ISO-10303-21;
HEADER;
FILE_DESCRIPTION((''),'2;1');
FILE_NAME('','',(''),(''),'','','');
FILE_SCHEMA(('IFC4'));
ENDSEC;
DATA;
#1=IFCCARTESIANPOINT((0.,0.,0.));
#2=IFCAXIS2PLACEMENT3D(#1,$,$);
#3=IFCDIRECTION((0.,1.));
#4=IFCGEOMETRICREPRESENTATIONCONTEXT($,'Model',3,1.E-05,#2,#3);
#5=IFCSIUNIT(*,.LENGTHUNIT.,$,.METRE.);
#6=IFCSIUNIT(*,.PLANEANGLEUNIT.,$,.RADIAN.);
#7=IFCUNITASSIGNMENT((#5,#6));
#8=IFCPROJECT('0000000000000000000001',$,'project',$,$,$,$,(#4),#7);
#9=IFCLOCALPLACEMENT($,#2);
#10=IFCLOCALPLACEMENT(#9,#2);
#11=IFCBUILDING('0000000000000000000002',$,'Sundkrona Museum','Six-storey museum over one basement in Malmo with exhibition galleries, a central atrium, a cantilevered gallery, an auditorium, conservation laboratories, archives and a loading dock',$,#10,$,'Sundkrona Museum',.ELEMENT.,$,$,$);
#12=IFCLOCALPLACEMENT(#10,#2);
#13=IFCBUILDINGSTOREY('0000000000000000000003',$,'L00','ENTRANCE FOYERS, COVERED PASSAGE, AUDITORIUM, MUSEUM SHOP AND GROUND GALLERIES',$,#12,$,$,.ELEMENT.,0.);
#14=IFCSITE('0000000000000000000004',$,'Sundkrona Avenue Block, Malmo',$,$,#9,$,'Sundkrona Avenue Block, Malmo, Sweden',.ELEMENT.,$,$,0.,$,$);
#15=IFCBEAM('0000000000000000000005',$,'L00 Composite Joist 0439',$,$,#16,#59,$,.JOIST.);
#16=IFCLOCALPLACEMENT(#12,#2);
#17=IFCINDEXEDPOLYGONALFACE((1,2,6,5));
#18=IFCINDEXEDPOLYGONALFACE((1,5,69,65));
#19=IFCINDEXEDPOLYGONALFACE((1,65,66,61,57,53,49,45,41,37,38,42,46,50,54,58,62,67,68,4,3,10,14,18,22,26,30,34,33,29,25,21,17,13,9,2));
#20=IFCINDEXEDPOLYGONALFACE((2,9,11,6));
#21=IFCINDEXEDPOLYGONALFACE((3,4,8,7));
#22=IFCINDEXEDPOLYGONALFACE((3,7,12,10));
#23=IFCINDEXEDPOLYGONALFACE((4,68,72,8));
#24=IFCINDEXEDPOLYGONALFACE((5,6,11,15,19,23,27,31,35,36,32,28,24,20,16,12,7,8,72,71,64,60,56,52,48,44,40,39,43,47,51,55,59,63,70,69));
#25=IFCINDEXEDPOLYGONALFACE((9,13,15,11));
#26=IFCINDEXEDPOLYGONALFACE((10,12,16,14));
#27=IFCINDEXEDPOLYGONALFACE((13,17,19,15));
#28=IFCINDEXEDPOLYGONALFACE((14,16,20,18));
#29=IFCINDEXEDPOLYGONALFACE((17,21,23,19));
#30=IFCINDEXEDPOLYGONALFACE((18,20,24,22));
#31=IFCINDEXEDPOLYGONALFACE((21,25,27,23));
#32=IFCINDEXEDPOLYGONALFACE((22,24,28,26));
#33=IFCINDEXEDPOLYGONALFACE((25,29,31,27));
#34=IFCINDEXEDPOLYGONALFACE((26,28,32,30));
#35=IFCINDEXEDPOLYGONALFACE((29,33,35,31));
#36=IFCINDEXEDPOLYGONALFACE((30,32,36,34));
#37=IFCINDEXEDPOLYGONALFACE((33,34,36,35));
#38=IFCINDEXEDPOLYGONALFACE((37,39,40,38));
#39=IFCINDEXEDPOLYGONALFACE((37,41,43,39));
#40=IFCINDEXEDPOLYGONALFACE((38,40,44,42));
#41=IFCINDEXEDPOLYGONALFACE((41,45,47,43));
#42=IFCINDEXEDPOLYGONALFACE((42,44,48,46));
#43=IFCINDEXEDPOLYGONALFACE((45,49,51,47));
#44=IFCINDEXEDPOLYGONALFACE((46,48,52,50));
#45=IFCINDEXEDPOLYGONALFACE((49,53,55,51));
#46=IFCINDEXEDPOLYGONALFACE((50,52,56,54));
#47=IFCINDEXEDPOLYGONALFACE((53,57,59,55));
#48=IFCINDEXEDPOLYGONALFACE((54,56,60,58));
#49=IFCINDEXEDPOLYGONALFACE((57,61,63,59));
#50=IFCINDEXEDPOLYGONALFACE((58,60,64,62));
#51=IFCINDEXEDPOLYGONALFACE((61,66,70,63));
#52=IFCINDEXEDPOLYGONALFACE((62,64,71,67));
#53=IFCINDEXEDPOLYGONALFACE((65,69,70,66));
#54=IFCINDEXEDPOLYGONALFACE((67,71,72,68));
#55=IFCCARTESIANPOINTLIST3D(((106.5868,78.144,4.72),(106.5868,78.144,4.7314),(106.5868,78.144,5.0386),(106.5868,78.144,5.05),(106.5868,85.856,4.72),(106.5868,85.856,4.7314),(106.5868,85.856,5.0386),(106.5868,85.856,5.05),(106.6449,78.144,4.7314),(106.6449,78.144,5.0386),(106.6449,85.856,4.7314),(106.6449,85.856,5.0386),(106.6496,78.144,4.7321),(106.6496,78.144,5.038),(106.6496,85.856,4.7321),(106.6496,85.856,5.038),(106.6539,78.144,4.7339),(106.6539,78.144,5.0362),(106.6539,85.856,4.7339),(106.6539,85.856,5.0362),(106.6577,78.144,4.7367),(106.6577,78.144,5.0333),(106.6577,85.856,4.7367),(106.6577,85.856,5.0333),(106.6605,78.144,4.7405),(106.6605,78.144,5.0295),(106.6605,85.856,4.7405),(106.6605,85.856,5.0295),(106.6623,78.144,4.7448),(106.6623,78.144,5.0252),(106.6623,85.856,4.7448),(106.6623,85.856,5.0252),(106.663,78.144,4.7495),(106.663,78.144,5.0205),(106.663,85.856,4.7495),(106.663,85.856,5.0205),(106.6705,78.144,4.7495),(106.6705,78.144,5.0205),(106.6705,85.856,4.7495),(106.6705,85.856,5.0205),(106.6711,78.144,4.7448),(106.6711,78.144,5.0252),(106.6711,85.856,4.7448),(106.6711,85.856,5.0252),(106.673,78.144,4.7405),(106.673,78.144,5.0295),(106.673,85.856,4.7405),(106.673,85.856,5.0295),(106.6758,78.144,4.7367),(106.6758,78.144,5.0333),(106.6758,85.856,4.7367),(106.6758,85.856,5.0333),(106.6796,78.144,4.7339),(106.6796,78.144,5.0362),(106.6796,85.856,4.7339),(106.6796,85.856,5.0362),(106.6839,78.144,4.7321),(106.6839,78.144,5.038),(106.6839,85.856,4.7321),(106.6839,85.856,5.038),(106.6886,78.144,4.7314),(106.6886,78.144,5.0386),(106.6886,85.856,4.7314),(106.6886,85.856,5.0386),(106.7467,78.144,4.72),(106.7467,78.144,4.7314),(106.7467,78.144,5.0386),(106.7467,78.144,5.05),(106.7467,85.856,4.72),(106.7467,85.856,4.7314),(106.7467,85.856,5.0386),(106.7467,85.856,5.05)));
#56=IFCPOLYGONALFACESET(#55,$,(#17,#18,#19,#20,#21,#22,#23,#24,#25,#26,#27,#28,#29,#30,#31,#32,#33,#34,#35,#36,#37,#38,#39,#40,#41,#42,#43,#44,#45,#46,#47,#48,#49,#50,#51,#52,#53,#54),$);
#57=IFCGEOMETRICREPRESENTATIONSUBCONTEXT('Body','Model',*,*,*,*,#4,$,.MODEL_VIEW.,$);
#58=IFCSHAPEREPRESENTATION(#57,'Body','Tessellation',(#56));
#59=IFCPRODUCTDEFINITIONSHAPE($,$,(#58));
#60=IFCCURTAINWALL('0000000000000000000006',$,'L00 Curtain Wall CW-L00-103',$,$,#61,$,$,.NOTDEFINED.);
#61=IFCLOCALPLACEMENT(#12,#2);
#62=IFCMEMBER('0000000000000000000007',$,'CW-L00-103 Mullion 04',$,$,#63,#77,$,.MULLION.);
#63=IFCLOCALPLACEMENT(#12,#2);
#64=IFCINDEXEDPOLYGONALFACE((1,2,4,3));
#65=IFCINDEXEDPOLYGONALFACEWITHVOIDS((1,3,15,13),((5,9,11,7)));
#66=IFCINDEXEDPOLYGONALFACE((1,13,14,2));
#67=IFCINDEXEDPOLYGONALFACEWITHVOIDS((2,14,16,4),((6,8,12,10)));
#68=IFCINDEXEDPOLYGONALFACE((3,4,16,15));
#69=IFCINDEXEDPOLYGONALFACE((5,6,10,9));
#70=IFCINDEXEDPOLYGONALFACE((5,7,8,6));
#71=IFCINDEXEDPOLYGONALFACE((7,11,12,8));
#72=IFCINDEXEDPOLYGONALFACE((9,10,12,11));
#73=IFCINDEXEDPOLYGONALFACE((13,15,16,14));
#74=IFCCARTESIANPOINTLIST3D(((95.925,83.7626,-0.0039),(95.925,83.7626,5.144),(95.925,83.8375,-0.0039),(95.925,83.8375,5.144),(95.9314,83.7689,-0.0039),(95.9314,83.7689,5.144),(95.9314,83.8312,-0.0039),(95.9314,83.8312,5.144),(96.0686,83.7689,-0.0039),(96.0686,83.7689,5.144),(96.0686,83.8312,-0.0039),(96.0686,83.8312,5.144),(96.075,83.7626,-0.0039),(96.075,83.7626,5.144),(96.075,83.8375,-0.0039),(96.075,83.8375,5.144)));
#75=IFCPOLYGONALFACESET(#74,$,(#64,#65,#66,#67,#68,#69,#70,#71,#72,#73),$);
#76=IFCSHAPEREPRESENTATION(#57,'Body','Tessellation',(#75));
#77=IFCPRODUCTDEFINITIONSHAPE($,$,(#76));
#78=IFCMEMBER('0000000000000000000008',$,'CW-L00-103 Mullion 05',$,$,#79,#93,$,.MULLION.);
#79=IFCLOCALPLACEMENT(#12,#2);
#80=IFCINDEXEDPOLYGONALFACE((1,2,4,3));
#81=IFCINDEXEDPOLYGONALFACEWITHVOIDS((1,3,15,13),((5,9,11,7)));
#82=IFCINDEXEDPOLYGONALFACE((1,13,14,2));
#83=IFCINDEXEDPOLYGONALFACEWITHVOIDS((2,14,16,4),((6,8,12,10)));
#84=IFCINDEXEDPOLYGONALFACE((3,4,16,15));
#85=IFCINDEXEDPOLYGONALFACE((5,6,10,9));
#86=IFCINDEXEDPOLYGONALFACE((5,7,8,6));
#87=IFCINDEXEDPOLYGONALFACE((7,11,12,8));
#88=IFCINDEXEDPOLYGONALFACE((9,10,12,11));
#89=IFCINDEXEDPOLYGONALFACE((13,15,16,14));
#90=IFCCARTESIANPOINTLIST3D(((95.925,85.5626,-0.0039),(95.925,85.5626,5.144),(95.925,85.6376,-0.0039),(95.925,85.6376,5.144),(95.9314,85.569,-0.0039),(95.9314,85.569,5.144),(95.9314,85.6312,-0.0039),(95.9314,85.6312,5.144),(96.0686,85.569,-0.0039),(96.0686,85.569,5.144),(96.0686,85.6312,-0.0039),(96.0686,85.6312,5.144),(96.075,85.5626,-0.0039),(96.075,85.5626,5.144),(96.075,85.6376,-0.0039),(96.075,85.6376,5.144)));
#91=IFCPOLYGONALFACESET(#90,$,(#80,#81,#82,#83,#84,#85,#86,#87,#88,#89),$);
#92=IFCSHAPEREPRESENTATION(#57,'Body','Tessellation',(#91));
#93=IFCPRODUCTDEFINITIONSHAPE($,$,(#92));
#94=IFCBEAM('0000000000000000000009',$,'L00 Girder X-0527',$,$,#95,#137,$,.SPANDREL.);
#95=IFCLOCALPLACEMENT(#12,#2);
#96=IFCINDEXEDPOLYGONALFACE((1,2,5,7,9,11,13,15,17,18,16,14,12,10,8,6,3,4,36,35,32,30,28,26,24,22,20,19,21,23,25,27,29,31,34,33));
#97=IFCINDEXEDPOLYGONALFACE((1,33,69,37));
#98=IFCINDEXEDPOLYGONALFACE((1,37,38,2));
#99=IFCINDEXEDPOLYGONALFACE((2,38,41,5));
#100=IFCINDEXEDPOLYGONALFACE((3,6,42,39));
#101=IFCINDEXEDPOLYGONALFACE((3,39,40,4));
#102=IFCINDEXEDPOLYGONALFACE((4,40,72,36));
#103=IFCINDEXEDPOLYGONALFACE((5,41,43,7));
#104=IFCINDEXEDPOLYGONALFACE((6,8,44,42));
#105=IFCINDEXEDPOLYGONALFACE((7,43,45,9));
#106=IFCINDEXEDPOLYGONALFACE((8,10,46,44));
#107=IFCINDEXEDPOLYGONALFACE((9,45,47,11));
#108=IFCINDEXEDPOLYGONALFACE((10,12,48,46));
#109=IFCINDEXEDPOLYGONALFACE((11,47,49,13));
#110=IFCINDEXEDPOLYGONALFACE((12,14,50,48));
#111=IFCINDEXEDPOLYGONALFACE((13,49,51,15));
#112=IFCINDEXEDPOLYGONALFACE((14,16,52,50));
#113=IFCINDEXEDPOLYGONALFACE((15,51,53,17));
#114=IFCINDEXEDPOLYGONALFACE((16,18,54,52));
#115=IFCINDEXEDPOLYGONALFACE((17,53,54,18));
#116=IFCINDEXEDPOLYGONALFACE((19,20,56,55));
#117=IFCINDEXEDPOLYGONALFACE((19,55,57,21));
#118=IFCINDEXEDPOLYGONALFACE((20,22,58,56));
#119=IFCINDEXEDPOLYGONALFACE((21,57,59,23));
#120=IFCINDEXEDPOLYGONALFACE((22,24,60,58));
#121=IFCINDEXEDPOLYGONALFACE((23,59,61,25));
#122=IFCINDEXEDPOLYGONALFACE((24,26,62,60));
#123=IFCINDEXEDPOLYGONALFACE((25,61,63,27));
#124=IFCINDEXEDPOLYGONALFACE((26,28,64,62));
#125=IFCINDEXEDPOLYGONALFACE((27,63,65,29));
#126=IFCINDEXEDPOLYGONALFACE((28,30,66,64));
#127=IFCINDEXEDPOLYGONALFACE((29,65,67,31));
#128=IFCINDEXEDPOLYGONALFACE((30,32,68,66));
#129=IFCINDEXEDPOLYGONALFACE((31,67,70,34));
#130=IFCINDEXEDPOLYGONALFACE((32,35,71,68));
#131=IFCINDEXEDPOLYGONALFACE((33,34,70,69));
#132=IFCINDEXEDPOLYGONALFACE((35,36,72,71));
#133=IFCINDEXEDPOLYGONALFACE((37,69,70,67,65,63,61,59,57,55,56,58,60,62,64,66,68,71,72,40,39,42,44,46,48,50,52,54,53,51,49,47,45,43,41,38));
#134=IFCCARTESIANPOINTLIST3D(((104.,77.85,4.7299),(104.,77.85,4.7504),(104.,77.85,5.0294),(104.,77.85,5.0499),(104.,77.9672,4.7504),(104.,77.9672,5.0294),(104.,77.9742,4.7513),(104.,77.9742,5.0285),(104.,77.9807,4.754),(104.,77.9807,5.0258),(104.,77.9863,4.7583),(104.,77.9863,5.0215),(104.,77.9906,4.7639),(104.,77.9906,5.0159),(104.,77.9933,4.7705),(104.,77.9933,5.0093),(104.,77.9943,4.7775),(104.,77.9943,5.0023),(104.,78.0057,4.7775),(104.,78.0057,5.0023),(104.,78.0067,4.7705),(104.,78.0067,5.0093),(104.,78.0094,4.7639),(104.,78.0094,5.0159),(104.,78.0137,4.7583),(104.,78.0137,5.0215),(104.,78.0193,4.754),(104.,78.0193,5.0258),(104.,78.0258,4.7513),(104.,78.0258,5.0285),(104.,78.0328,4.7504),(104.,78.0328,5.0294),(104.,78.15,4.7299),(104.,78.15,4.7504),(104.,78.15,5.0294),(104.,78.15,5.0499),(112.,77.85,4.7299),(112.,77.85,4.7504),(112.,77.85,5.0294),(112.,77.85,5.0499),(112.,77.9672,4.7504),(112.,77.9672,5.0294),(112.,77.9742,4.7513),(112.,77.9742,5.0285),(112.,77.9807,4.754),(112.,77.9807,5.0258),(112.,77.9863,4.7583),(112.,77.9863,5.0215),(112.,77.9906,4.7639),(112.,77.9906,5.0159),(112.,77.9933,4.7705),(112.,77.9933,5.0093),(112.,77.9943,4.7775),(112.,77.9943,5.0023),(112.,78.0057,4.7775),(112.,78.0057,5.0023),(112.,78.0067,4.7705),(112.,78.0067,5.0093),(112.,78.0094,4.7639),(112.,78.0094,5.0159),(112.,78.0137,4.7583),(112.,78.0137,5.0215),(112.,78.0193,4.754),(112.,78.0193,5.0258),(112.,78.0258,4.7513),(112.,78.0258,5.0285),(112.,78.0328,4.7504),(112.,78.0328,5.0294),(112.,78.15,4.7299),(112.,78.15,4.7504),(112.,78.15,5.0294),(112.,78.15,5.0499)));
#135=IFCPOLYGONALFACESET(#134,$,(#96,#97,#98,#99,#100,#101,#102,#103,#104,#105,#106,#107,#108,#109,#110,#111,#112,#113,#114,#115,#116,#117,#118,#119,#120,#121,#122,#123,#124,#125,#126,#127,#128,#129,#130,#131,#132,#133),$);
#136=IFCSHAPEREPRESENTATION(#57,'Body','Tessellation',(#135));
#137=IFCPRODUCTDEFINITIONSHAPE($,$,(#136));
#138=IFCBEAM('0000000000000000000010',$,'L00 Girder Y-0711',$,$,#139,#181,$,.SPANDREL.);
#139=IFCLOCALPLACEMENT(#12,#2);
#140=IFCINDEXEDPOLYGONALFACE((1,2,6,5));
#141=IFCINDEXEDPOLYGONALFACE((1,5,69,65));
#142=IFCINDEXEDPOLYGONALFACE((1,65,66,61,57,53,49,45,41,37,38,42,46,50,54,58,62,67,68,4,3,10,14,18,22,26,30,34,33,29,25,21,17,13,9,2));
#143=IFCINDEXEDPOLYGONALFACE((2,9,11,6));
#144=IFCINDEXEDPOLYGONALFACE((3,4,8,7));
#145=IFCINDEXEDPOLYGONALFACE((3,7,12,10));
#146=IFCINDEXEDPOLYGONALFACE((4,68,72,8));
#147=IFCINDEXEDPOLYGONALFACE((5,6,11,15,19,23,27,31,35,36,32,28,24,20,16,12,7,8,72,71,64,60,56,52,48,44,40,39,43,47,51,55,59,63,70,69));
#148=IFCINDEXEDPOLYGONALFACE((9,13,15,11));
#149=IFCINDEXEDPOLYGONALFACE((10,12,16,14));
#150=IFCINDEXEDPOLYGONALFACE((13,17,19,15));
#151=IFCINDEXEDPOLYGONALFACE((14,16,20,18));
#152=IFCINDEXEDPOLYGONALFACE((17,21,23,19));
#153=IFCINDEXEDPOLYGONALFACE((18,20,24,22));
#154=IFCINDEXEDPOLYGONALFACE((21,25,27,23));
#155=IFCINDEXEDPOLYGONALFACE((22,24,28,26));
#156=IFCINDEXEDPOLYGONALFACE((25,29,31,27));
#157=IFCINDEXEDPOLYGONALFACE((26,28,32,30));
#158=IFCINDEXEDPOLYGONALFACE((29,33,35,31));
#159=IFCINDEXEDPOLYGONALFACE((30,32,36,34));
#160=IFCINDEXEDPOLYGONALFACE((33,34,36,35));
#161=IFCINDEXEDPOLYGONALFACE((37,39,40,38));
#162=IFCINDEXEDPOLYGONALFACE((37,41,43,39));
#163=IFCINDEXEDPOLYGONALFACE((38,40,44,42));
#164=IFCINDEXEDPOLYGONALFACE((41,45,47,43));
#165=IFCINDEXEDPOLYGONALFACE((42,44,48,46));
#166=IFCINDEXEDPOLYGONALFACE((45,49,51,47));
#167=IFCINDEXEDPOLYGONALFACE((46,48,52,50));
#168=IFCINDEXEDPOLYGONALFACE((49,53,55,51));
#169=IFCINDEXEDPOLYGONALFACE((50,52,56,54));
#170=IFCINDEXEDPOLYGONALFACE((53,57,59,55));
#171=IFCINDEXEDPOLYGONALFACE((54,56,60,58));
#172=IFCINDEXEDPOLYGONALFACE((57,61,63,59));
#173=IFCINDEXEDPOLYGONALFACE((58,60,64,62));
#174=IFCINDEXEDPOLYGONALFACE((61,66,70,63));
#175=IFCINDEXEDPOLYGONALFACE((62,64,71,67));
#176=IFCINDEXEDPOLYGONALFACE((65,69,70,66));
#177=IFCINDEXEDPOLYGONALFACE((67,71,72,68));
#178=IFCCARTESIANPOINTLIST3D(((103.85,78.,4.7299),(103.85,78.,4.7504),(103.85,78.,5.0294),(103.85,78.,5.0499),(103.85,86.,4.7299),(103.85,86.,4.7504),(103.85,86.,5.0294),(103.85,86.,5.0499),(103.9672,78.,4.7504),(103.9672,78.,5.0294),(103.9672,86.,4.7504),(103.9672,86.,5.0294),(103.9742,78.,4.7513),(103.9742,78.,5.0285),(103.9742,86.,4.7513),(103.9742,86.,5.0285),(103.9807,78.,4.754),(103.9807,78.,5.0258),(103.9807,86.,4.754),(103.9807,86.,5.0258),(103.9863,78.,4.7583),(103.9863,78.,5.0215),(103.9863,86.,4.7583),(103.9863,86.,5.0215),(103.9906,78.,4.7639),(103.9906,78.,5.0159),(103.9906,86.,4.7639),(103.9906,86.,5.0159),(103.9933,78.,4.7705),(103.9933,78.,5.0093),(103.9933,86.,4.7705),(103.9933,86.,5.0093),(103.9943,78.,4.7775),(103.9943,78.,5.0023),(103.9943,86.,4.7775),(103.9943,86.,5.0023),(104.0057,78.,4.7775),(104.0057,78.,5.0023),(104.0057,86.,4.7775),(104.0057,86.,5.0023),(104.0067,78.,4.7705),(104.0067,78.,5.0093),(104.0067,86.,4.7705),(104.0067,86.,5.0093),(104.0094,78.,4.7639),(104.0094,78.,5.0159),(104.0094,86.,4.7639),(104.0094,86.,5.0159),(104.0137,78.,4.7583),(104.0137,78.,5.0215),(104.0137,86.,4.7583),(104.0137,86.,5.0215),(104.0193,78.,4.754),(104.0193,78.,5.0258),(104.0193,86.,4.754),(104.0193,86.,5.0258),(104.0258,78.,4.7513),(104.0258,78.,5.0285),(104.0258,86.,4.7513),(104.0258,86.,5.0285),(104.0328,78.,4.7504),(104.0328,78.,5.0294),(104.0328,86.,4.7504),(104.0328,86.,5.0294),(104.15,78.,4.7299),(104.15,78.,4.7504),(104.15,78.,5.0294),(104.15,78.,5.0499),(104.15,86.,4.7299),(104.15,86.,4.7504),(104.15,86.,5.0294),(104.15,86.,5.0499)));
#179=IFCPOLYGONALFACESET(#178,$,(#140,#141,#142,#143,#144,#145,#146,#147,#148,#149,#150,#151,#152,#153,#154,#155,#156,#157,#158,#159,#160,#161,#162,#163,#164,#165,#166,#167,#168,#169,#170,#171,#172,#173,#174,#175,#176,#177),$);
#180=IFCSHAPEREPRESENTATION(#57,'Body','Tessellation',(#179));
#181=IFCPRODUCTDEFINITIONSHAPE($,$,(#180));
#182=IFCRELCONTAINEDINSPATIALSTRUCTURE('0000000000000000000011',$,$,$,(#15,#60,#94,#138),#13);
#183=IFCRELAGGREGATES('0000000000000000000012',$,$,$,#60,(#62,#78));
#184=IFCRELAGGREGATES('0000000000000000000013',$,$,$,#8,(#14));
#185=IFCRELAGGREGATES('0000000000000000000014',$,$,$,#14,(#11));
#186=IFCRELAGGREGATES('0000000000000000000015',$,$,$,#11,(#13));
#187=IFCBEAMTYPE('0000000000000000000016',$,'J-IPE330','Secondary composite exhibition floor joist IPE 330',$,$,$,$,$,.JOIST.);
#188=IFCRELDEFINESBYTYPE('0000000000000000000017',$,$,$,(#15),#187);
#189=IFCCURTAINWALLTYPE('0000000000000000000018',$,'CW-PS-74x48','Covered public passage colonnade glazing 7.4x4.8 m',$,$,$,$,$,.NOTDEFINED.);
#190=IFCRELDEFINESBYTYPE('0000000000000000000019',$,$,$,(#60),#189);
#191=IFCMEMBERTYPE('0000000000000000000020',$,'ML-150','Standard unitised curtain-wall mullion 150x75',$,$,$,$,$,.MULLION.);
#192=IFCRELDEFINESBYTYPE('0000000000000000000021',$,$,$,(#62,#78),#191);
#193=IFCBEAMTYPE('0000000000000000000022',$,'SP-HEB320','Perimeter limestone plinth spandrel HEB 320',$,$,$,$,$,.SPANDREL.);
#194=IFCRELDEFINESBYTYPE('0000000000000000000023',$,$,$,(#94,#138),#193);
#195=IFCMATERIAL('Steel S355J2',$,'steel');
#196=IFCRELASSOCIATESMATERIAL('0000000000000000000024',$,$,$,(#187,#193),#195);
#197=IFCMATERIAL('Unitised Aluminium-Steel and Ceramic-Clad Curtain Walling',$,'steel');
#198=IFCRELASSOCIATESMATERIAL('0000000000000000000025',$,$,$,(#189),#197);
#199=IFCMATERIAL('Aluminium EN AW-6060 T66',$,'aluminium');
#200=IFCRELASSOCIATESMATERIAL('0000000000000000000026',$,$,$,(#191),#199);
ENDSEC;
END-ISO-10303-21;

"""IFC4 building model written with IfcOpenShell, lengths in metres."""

from ifc_helpers import new_model, si_unit, direction, frame, origin, origin_2d, place, context, subcontext, project, spatial, hollow_rectangle, i_section, extrude, material, material_profile, profile_set, type_object, element, aggregate, save


model = new_model("IFC4")

# Units and contexts
model_context = context("Model", 3, precision=1e-05, world=origin(), true_north=direction((0.0, 1.0)))
body_context = subcontext(model_context, "Body", "Model", "MODEL_VIEW")
ifc_project = project(units=[si_unit("LENGTHUNIT", "METRE"), si_unit("PLANEANGLEUNIT", "RADIAN")], contexts=[model_context])

# Site, building, storey
site_placement = place(None, origin())
site = spatial("IfcSite", under=ifc_project, at=site_placement, Name="Sundkrona Avenue Block, Malmo", LongName="Sundkrona Avenue Block, Malmo, Sweden", CompositionType="ELEMENT", RefElevation=0.0)
building_placement = place(site_placement, origin())
building = spatial("IfcBuilding", under=site, at=building_placement, Name="Sundkrona Museum", Description="Six-storey museum over one basement in Malmo with exhibition galleries, a central atrium, a cantilevered gallery, an auditorium, conservation laboratories, archives and a loading dock", LongName="Sundkrona Museum", CompositionType="ELEMENT")
storey_placement = place(building_placement, origin())
storey = spatial("IfcBuildingStorey", under=building, at=storey_placement, Name="L00", Description="ENTRANCE FOYERS, COVERED PASSAGE, AUDITORIUM, MUSEUM SHOP AND GROUND GALLERIES", CompositionType="ELEMENT", Elevation=0.0)

# Shared definitions
ifc_material_1 = material(Name="Steel S355J2", Category="steel")

# Beam
ifc_material_profile_1 = material_profile(ifc_material_1, i_section(OverallWidth=0.1599, OverallDepth=0.3301, WebThickness=0.0076, FlangeThickness=0.0115, FilletRadius=0.0181, at=origin_2d()), Name="IPE 330")
ifc_profile_set_1 = profile_set([ifc_material_profile_1], Name="Steel S355J2")
beam_type_1 = type_object("IfcBeamType", Name="J-IPE330", Description="Secondary composite exhibition floor joist IPE 330", PredefinedType="JOIST", material=ifc_profile_set_1)
beam_1_placement = place(storey_placement, frame((106.6667, 78.144, 4.885), z_axis=(0.0, 1.0, 0.0), x_axis=(-1.0, 0.0, 0.0)))
element("IfcBeam", 1, at=beam_1_placement, inside=storey, type_object=beam_type_1, Name="L00 Composite Joist 0439", PredefinedType="JOIST", context=body_context, shape_type="SweptSolid", body=[
    extrude(i_section(OverallWidth=0.1599, OverallDepth=0.3301, WebThickness=0.0076, FlangeThickness=0.0115, FilletRadius=0.0181, at=origin_2d()), origin(), (0.0, 0.0, 1.0), 7.7119),
])

# Curtain wall, members
ifc_material_2 = material(Name="Unitised Aluminium-Steel and Ceramic-Clad Curtain Walling", Category="steel")
curtain_wall_type = type_object("IfcCurtainWallType", Name="CW-PS-74x48", Description="Covered public passage colonnade glazing 7.4x4.8 m", PredefinedType="NOTDEFINED", material=ifc_material_2)
curtain_wall_placement = place(storey_placement, origin())
curtain_wall = element("IfcCurtainWall", 2, at=curtain_wall_placement, inside=storey, type_object=curtain_wall_type, Name="L00 Curtain Wall CW-L00-103", PredefinedType="NOTDEFINED")
ifc_material_3 = material(Name="Aluminium EN AW-6060 T66", Category="aluminium")
ifc_material_profile_2 = material_profile(ifc_material_3, hollow_rectangle(XDim=0.075, YDim=0.1499, WallThickness=0.0063, at=origin_2d()), Name="RHS 150x75x6.3")
ifc_profile_set_2 = profile_set([ifc_material_profile_2], Name="Aluminium EN AW-6060 T66")
member_type_1 = type_object("IfcMemberType", Name="ML-150", Description="Standard unitised curtain-wall mullion 150x75", PredefinedType="MULLION", material=ifc_profile_set_2)
member_1_placement = place(storey_placement, frame((96.0, 83.8, -0.0039), z_axis=(0.0, 0.0, 1.0), x_axis=(0.0, 1.0, 0.0)))
member_1 = element("IfcMember", 3, at=member_1_placement, type_object=member_type_1, Name="CW-L00-103 Mullion 04", PredefinedType="MULLION", context=body_context, shape_type="SweptSolid", body=[
    extrude(hollow_rectangle(XDim=0.075, YDim=0.1499, WallThickness=0.0063, at=origin_2d()), origin(), (0.0, 0.0, 1.0), 5.1479),
])
member_2_placement = place(storey_placement, frame((96.0, 85.6001, -0.0039), z_axis=(0.0, 0.0, 1.0), x_axis=(0.0, 1.0, 0.0)))
member_2 = element("IfcMember", 4, at=member_2_placement, type_object=member_type_1, Name="CW-L00-103 Mullion 05", PredefinedType="MULLION", context=body_context, shape_type="SweptSolid", body=[
    extrude(hollow_rectangle(XDim=0.075, YDim=0.1499, WallThickness=0.0063, at=origin_2d()), origin(), (0.0, 0.0, 1.0), 5.1479),
])

# Beams
ifc_material_profile_3 = material_profile(ifc_material_1, i_section(OverallWidth=0.3, OverallDepth=0.3201, WebThickness=0.0115, FlangeThickness=0.0205, FilletRadius=0.0271, at=origin_2d()), Name="HEB 320")
ifc_profile_set_3 = profile_set([ifc_material_profile_3], Name="Steel S355J2")
beam_type_2 = type_object("IfcBeamType", Name="SP-HEB320", Description="Perimeter limestone plinth spandrel HEB 320", PredefinedType="SPANDREL", material=ifc_profile_set_3)
for number, where, z_axis, x_axis, name in (
    (5, (104.0, 78.0, 4.8899), (1.0, 0.0, 0.0), (0.0, 1.0, 0.0), "L00 Girder X-0527"),
    (6, (104.0, 78.0, 4.8899), (0.0, 1.0, 0.0), (-1.0, 0.0, 0.0), "L00 Girder Y-0711"),
):
    element("IfcBeam", number, at=place(storey_placement, frame(where, z_axis=z_axis, x_axis=x_axis)), inside=storey, type_object=beam_type_2, Name=name, PredefinedType="SPANDREL", context=body_context, shape_type="SweptSolid", body=[
        extrude(i_section(OverallWidth=0.3, OverallDepth=0.3201, WebThickness=0.0115, FlangeThickness=0.0205, FilletRadius=0.0271, at=origin_2d()), origin(), (0.0, 0.0, 1.0), 8.0),
    ])

aggregate(curtain_wall, [member_1, member_2])

save(model, "model.ifc")
